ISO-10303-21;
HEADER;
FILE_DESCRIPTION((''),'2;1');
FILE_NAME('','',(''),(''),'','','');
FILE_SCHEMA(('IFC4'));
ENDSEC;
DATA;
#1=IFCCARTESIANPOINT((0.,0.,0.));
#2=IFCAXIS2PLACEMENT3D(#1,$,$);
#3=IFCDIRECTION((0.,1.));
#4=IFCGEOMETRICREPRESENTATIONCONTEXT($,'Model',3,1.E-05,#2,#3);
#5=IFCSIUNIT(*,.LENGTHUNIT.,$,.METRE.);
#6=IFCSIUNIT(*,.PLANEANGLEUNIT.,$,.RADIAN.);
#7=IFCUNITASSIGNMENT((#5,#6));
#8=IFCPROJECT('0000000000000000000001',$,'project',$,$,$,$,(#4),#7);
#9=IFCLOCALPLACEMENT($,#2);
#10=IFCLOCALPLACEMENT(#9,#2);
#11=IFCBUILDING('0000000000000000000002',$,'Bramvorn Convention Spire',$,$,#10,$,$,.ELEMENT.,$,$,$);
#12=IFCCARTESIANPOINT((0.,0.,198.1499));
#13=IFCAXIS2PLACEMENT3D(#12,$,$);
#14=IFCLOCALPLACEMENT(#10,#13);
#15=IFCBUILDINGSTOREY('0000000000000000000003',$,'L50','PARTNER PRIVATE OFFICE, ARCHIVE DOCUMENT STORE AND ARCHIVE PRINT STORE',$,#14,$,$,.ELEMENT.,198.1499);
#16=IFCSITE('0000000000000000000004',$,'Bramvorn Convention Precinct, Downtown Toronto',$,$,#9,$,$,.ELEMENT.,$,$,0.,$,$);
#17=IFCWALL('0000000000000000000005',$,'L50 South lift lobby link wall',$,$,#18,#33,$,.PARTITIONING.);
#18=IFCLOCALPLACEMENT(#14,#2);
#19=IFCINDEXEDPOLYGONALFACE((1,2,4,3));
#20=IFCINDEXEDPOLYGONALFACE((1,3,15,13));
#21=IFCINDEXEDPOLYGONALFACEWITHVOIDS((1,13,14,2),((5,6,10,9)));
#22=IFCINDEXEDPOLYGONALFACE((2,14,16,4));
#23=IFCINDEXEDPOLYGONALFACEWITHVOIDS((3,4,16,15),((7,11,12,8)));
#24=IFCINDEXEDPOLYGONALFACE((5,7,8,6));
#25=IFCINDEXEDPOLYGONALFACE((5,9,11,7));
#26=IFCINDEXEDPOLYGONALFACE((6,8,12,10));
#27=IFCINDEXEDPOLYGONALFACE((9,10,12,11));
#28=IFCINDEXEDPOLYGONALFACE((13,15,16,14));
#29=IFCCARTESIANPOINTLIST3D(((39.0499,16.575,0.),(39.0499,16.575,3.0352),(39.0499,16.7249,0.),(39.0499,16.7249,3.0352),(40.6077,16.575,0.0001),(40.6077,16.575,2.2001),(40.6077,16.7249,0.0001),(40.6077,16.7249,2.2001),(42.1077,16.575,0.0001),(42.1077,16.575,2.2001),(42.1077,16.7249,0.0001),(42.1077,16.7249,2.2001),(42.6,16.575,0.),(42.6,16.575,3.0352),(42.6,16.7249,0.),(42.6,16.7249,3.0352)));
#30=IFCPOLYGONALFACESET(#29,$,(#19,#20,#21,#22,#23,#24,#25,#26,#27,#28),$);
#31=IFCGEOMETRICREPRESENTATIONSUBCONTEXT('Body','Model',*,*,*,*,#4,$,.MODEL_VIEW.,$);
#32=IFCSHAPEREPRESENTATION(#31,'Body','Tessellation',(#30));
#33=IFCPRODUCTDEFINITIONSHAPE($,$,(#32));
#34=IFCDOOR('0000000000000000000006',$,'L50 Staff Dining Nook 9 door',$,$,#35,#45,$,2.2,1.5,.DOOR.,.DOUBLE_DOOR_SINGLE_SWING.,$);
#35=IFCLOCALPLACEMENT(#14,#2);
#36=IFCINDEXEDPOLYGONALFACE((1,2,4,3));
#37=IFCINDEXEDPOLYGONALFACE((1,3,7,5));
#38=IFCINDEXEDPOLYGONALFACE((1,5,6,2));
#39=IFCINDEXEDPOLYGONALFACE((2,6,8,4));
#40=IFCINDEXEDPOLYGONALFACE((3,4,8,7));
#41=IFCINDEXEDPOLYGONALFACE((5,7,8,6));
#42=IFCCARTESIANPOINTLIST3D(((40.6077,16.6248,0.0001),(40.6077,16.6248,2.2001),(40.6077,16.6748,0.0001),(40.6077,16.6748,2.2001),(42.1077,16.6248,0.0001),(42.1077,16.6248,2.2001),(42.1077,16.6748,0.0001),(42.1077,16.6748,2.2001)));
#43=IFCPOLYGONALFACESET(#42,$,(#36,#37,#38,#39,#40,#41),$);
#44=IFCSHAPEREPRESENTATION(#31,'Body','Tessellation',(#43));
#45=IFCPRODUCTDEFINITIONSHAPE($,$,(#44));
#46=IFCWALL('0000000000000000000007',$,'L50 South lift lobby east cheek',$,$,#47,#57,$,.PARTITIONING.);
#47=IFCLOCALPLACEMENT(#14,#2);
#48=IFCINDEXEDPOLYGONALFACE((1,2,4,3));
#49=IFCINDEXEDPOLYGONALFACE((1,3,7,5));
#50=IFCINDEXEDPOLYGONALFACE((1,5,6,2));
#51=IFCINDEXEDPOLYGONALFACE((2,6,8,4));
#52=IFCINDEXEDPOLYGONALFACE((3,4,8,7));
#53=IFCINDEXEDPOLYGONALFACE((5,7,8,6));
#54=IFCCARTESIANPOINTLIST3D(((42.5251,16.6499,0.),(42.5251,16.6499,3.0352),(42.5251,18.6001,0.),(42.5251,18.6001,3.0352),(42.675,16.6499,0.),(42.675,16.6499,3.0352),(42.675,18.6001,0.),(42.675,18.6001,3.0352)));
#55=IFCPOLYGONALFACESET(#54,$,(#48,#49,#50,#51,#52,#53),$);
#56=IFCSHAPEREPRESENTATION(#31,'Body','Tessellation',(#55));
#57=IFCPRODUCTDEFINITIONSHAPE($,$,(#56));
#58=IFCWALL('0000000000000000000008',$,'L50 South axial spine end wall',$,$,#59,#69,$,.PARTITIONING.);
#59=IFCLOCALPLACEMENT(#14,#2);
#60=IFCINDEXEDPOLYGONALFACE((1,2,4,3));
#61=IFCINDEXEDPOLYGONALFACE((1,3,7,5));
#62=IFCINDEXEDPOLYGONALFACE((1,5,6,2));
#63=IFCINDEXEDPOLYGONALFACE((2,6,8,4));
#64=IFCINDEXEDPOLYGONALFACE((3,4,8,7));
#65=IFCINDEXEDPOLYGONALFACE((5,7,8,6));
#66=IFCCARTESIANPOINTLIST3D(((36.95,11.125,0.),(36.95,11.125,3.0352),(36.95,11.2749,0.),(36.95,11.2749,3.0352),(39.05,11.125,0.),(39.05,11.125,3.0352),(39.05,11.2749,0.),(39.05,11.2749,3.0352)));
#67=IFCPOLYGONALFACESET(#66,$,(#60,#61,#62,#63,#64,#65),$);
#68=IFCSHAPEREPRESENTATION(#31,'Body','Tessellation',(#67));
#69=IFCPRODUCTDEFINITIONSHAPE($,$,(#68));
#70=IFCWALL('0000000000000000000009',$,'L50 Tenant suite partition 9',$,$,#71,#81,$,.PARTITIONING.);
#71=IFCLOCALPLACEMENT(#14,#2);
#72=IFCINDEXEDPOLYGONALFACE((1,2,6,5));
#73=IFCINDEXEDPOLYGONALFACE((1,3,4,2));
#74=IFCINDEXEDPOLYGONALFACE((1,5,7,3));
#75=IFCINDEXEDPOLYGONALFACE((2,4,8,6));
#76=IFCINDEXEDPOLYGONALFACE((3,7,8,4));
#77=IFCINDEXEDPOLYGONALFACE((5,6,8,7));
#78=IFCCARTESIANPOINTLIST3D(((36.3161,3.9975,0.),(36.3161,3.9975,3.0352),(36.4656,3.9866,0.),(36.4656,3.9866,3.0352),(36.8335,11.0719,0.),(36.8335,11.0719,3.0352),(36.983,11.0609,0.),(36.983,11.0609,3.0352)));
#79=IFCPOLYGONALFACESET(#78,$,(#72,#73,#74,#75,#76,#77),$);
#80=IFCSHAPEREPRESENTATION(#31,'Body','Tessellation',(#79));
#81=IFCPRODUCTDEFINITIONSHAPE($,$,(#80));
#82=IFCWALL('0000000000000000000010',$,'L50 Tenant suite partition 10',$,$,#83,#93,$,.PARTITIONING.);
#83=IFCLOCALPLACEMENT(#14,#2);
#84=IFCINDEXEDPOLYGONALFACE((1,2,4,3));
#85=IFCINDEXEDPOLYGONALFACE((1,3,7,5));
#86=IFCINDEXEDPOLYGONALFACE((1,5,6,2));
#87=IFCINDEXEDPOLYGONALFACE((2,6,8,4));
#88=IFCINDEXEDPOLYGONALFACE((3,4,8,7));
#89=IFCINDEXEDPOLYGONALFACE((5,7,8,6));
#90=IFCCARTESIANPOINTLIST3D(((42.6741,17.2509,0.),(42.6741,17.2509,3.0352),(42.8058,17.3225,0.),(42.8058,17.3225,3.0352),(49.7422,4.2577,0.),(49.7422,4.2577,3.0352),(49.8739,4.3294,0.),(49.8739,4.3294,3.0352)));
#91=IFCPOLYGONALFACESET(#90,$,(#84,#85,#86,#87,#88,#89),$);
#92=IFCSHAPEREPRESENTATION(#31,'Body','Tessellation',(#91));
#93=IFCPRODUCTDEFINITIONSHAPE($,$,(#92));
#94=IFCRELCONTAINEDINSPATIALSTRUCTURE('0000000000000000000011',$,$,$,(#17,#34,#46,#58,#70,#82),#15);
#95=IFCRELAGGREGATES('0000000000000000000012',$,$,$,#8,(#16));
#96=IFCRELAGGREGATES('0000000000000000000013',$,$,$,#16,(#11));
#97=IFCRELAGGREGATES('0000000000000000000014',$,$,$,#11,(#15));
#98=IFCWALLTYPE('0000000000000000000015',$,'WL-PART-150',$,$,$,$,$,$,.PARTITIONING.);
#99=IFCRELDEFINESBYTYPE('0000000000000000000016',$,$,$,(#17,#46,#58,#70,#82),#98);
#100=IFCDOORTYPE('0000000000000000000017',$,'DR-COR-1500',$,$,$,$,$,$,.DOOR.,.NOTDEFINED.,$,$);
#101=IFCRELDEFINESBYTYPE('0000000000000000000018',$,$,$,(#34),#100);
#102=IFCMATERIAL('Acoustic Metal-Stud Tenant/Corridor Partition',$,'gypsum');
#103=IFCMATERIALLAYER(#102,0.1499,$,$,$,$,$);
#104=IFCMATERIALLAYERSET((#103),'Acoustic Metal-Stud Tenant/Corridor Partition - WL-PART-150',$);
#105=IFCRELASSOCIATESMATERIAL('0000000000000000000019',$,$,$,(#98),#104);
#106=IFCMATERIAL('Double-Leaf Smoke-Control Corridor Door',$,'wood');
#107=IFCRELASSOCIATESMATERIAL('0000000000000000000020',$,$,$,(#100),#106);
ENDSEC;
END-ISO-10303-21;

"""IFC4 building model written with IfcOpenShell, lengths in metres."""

from ifc_helpers import new_model, si_unit, direction, frame, frame_2d, origin, place, context, subcontext, project, spatial, rectangle, extrude, material, layer, layer_set, type_object, element, fill, save


model = new_model("IFC4")

# Units and contexts
model_context = context("Model", 3, precision=1e-05, world=origin(), true_north=direction((0.0, 1.0)))
body_context = subcontext(model_context, "Body", "Model", "MODEL_VIEW")
ifc_project = project(units=[si_unit("LENGTHUNIT", "METRE"), si_unit("PLANEANGLEUNIT", "RADIAN")], contexts=[model_context])

# Site, building, storey
site_placement = place(None, origin())
site = spatial("IfcSite", under=ifc_project, at=site_placement, Name="Bramvorn Convention Precinct, Downtown Toronto", CompositionType="ELEMENT", RefElevation=0.0)
building_placement = place(site_placement, origin())
building = spatial("IfcBuilding", under=site, at=building_placement, Name="Bramvorn Convention Spire", CompositionType="ELEMENT")
storey_placement = place(building_placement, frame((0.0, 0.0, 198.1499)))
storey = spatial("IfcBuildingStorey", under=building, at=storey_placement, Name="L50", Description="PARTNER PRIVATE OFFICE, ARCHIVE DOCUMENT STORE AND ARCHIVE PRINT STORE", CompositionType="ELEMENT", Elevation=198.1499)

# Shared definitions
ifc_material_1 = material(Name="Acoustic Metal-Stud Tenant/Corridor Partition", Category="gypsum")
ifc_layer_1 = layer(ifc_material_1, 0.1499)
ifc_layer_set_1 = layer_set([ifc_layer_1], Name="Acoustic Metal-Stud Tenant/Corridor Partition - WL-PART-150")
wall_type_1 = type_object("IfcWallType", Name="WL-PART-150", PredefinedType="PARTITIONING", material=ifc_layer_set_1)

# Wall, opening, door
wall_1_placement = place(storey_placement, frame((39.05, 16.6499, 0.0), z_axis=(0.0, 0.0, 1.0), x_axis=(1.0, 0.0, 0.0)))
wall_1 = element("IfcWall", 1, at=wall_1_placement, inside=storey, type_object=wall_type_1, Name="L50 South lift lobby link wall", PredefinedType="PARTITIONING", context=body_context, shape_type="SweptSolid", body=[
    extrude(rectangle(XDim=3.55, YDim=0.1499, at=frame_2d((1.7749, 0.0))), origin(), (0.0, 0.0, 1.0), 3.0352),
])
opening_1_placement = place(wall_1_placement, frame((1.5576, 0.0, 0.0)))
opening_1 = element("IfcOpeningElement", 2, at=opening_1_placement, cuts=wall_1, PredefinedType="OPENING", context=body_context, shape_type="SweptSolid", body=[
    extrude(rectangle(XDim=1.5, YDim=2.2, at=frame_2d((0.75, 1.1001))), frame((0.0, 0.085, 0.0), z_axis=(0.0, -1.0, 0.0), x_axis=(1.0, 0.0, 0.0)), (0.0, 0.0, 1.0), 0.1699),
])
ifc_material_2 = material(Name="Double-Leaf Smoke-Control Corridor Door", Category="wood")
door_type_1 = type_object("IfcDoorType", Name="DR-COR-1500", OperationType="NOTDEFINED", PredefinedType="DOOR", material=ifc_material_2)
door_1_placement = place(opening_1_placement, origin())
door_1 = element("IfcDoor", 3, at=door_1_placement, inside=storey, type_object=door_type_1, Name="L50 Staff Dining Nook 9 door", OperationType="DOUBLE_DOOR_SINGLE_SWING", OverallHeight=2.2, OverallWidth=1.5, PredefinedType="DOOR", context=body_context, shape_type="SweptSolid", body=[
    extrude(rectangle(XDim=1.5, YDim=2.2, at=frame_2d((0.75, 1.1001))), frame((0.0, 0.0249, 0.0), z_axis=(0.0, -1.0, 0.0), x_axis=(1.0, 0.0, 0.0)), (0.0, 0.0, 1.0), 0.05),
])
fill(opening_1, door_1)

# Walls
wall_2_placement = place(storey_placement, frame((42.6001, 16.6499, 0.0), z_axis=(0.0, 0.0, 1.0), x_axis=(0.0, 1.0, 0.0)))
element("IfcWall", 4, at=wall_2_placement, inside=storey, type_object=wall_type_1, Name="L50 South lift lobby east cheek", PredefinedType="PARTITIONING", context=body_context, shape_type="SweptSolid", body=[
    extrude(rectangle(XDim=1.9502, YDim=0.1499, at=frame_2d((0.9751, 0.0))), origin(), (0.0, 0.0, 1.0), 3.0352),
])
wall_3_placement = place(storey_placement, frame((36.95, 11.2, 0.0), z_axis=(0.0, 0.0, 1.0), x_axis=(1.0, 0.0, 0.0)))
element("IfcWall", 5, at=wall_3_placement, inside=storey, type_object=wall_type_1, Name="L50 South axial spine end wall", PredefinedType="PARTITIONING", context=body_context, shape_type="SweptSolid", body=[
    extrude(rectangle(XDim=2.1001, YDim=0.1499, at=frame_2d((1.05, 0.0))), origin(), (0.0, 0.0, 1.0), 3.0352),
])
wall_4_placement = place(storey_placement, frame((36.9082, 11.0664, 0.0), z_axis=(0.0, 0.0, 1.0), x_axis=(-0.072932, -0.997337, 0.0)))
element("IfcWall", 6, at=wall_4_placement, inside=storey, type_object=wall_type_1, Name="L50 Tenant suite partition 9", PredefinedType="PARTITIONING", context=body_context, shape_type="SweptSolid", body=[
    extrude(rectangle(XDim=7.0933, YDim=0.1499, at=frame_2d((3.5466, 0.0))), origin(), (0.0, 0.0, 1.0), 3.0352),
])
wall_5_placement = place(storey_placement, frame((42.74, 17.2866, 0.0), z_axis=(0.0, 0.0, 1.0), x_axis=(0.477858, -0.878437, 0.0)))
element("IfcWall", 7, at=wall_5_placement, inside=storey, type_object=wall_type_1, Name="L50 Tenant suite partition 10", PredefinedType="PARTITIONING", context=body_context, shape_type="SweptSolid", body=[
    extrude(rectangle(XDim=14.7913, YDim=0.1499, at=frame_2d((7.3955, 0.0))), origin(), (0.0, 0.0, 1.0), 3.0352),
])

save(model, "model.ifc")
